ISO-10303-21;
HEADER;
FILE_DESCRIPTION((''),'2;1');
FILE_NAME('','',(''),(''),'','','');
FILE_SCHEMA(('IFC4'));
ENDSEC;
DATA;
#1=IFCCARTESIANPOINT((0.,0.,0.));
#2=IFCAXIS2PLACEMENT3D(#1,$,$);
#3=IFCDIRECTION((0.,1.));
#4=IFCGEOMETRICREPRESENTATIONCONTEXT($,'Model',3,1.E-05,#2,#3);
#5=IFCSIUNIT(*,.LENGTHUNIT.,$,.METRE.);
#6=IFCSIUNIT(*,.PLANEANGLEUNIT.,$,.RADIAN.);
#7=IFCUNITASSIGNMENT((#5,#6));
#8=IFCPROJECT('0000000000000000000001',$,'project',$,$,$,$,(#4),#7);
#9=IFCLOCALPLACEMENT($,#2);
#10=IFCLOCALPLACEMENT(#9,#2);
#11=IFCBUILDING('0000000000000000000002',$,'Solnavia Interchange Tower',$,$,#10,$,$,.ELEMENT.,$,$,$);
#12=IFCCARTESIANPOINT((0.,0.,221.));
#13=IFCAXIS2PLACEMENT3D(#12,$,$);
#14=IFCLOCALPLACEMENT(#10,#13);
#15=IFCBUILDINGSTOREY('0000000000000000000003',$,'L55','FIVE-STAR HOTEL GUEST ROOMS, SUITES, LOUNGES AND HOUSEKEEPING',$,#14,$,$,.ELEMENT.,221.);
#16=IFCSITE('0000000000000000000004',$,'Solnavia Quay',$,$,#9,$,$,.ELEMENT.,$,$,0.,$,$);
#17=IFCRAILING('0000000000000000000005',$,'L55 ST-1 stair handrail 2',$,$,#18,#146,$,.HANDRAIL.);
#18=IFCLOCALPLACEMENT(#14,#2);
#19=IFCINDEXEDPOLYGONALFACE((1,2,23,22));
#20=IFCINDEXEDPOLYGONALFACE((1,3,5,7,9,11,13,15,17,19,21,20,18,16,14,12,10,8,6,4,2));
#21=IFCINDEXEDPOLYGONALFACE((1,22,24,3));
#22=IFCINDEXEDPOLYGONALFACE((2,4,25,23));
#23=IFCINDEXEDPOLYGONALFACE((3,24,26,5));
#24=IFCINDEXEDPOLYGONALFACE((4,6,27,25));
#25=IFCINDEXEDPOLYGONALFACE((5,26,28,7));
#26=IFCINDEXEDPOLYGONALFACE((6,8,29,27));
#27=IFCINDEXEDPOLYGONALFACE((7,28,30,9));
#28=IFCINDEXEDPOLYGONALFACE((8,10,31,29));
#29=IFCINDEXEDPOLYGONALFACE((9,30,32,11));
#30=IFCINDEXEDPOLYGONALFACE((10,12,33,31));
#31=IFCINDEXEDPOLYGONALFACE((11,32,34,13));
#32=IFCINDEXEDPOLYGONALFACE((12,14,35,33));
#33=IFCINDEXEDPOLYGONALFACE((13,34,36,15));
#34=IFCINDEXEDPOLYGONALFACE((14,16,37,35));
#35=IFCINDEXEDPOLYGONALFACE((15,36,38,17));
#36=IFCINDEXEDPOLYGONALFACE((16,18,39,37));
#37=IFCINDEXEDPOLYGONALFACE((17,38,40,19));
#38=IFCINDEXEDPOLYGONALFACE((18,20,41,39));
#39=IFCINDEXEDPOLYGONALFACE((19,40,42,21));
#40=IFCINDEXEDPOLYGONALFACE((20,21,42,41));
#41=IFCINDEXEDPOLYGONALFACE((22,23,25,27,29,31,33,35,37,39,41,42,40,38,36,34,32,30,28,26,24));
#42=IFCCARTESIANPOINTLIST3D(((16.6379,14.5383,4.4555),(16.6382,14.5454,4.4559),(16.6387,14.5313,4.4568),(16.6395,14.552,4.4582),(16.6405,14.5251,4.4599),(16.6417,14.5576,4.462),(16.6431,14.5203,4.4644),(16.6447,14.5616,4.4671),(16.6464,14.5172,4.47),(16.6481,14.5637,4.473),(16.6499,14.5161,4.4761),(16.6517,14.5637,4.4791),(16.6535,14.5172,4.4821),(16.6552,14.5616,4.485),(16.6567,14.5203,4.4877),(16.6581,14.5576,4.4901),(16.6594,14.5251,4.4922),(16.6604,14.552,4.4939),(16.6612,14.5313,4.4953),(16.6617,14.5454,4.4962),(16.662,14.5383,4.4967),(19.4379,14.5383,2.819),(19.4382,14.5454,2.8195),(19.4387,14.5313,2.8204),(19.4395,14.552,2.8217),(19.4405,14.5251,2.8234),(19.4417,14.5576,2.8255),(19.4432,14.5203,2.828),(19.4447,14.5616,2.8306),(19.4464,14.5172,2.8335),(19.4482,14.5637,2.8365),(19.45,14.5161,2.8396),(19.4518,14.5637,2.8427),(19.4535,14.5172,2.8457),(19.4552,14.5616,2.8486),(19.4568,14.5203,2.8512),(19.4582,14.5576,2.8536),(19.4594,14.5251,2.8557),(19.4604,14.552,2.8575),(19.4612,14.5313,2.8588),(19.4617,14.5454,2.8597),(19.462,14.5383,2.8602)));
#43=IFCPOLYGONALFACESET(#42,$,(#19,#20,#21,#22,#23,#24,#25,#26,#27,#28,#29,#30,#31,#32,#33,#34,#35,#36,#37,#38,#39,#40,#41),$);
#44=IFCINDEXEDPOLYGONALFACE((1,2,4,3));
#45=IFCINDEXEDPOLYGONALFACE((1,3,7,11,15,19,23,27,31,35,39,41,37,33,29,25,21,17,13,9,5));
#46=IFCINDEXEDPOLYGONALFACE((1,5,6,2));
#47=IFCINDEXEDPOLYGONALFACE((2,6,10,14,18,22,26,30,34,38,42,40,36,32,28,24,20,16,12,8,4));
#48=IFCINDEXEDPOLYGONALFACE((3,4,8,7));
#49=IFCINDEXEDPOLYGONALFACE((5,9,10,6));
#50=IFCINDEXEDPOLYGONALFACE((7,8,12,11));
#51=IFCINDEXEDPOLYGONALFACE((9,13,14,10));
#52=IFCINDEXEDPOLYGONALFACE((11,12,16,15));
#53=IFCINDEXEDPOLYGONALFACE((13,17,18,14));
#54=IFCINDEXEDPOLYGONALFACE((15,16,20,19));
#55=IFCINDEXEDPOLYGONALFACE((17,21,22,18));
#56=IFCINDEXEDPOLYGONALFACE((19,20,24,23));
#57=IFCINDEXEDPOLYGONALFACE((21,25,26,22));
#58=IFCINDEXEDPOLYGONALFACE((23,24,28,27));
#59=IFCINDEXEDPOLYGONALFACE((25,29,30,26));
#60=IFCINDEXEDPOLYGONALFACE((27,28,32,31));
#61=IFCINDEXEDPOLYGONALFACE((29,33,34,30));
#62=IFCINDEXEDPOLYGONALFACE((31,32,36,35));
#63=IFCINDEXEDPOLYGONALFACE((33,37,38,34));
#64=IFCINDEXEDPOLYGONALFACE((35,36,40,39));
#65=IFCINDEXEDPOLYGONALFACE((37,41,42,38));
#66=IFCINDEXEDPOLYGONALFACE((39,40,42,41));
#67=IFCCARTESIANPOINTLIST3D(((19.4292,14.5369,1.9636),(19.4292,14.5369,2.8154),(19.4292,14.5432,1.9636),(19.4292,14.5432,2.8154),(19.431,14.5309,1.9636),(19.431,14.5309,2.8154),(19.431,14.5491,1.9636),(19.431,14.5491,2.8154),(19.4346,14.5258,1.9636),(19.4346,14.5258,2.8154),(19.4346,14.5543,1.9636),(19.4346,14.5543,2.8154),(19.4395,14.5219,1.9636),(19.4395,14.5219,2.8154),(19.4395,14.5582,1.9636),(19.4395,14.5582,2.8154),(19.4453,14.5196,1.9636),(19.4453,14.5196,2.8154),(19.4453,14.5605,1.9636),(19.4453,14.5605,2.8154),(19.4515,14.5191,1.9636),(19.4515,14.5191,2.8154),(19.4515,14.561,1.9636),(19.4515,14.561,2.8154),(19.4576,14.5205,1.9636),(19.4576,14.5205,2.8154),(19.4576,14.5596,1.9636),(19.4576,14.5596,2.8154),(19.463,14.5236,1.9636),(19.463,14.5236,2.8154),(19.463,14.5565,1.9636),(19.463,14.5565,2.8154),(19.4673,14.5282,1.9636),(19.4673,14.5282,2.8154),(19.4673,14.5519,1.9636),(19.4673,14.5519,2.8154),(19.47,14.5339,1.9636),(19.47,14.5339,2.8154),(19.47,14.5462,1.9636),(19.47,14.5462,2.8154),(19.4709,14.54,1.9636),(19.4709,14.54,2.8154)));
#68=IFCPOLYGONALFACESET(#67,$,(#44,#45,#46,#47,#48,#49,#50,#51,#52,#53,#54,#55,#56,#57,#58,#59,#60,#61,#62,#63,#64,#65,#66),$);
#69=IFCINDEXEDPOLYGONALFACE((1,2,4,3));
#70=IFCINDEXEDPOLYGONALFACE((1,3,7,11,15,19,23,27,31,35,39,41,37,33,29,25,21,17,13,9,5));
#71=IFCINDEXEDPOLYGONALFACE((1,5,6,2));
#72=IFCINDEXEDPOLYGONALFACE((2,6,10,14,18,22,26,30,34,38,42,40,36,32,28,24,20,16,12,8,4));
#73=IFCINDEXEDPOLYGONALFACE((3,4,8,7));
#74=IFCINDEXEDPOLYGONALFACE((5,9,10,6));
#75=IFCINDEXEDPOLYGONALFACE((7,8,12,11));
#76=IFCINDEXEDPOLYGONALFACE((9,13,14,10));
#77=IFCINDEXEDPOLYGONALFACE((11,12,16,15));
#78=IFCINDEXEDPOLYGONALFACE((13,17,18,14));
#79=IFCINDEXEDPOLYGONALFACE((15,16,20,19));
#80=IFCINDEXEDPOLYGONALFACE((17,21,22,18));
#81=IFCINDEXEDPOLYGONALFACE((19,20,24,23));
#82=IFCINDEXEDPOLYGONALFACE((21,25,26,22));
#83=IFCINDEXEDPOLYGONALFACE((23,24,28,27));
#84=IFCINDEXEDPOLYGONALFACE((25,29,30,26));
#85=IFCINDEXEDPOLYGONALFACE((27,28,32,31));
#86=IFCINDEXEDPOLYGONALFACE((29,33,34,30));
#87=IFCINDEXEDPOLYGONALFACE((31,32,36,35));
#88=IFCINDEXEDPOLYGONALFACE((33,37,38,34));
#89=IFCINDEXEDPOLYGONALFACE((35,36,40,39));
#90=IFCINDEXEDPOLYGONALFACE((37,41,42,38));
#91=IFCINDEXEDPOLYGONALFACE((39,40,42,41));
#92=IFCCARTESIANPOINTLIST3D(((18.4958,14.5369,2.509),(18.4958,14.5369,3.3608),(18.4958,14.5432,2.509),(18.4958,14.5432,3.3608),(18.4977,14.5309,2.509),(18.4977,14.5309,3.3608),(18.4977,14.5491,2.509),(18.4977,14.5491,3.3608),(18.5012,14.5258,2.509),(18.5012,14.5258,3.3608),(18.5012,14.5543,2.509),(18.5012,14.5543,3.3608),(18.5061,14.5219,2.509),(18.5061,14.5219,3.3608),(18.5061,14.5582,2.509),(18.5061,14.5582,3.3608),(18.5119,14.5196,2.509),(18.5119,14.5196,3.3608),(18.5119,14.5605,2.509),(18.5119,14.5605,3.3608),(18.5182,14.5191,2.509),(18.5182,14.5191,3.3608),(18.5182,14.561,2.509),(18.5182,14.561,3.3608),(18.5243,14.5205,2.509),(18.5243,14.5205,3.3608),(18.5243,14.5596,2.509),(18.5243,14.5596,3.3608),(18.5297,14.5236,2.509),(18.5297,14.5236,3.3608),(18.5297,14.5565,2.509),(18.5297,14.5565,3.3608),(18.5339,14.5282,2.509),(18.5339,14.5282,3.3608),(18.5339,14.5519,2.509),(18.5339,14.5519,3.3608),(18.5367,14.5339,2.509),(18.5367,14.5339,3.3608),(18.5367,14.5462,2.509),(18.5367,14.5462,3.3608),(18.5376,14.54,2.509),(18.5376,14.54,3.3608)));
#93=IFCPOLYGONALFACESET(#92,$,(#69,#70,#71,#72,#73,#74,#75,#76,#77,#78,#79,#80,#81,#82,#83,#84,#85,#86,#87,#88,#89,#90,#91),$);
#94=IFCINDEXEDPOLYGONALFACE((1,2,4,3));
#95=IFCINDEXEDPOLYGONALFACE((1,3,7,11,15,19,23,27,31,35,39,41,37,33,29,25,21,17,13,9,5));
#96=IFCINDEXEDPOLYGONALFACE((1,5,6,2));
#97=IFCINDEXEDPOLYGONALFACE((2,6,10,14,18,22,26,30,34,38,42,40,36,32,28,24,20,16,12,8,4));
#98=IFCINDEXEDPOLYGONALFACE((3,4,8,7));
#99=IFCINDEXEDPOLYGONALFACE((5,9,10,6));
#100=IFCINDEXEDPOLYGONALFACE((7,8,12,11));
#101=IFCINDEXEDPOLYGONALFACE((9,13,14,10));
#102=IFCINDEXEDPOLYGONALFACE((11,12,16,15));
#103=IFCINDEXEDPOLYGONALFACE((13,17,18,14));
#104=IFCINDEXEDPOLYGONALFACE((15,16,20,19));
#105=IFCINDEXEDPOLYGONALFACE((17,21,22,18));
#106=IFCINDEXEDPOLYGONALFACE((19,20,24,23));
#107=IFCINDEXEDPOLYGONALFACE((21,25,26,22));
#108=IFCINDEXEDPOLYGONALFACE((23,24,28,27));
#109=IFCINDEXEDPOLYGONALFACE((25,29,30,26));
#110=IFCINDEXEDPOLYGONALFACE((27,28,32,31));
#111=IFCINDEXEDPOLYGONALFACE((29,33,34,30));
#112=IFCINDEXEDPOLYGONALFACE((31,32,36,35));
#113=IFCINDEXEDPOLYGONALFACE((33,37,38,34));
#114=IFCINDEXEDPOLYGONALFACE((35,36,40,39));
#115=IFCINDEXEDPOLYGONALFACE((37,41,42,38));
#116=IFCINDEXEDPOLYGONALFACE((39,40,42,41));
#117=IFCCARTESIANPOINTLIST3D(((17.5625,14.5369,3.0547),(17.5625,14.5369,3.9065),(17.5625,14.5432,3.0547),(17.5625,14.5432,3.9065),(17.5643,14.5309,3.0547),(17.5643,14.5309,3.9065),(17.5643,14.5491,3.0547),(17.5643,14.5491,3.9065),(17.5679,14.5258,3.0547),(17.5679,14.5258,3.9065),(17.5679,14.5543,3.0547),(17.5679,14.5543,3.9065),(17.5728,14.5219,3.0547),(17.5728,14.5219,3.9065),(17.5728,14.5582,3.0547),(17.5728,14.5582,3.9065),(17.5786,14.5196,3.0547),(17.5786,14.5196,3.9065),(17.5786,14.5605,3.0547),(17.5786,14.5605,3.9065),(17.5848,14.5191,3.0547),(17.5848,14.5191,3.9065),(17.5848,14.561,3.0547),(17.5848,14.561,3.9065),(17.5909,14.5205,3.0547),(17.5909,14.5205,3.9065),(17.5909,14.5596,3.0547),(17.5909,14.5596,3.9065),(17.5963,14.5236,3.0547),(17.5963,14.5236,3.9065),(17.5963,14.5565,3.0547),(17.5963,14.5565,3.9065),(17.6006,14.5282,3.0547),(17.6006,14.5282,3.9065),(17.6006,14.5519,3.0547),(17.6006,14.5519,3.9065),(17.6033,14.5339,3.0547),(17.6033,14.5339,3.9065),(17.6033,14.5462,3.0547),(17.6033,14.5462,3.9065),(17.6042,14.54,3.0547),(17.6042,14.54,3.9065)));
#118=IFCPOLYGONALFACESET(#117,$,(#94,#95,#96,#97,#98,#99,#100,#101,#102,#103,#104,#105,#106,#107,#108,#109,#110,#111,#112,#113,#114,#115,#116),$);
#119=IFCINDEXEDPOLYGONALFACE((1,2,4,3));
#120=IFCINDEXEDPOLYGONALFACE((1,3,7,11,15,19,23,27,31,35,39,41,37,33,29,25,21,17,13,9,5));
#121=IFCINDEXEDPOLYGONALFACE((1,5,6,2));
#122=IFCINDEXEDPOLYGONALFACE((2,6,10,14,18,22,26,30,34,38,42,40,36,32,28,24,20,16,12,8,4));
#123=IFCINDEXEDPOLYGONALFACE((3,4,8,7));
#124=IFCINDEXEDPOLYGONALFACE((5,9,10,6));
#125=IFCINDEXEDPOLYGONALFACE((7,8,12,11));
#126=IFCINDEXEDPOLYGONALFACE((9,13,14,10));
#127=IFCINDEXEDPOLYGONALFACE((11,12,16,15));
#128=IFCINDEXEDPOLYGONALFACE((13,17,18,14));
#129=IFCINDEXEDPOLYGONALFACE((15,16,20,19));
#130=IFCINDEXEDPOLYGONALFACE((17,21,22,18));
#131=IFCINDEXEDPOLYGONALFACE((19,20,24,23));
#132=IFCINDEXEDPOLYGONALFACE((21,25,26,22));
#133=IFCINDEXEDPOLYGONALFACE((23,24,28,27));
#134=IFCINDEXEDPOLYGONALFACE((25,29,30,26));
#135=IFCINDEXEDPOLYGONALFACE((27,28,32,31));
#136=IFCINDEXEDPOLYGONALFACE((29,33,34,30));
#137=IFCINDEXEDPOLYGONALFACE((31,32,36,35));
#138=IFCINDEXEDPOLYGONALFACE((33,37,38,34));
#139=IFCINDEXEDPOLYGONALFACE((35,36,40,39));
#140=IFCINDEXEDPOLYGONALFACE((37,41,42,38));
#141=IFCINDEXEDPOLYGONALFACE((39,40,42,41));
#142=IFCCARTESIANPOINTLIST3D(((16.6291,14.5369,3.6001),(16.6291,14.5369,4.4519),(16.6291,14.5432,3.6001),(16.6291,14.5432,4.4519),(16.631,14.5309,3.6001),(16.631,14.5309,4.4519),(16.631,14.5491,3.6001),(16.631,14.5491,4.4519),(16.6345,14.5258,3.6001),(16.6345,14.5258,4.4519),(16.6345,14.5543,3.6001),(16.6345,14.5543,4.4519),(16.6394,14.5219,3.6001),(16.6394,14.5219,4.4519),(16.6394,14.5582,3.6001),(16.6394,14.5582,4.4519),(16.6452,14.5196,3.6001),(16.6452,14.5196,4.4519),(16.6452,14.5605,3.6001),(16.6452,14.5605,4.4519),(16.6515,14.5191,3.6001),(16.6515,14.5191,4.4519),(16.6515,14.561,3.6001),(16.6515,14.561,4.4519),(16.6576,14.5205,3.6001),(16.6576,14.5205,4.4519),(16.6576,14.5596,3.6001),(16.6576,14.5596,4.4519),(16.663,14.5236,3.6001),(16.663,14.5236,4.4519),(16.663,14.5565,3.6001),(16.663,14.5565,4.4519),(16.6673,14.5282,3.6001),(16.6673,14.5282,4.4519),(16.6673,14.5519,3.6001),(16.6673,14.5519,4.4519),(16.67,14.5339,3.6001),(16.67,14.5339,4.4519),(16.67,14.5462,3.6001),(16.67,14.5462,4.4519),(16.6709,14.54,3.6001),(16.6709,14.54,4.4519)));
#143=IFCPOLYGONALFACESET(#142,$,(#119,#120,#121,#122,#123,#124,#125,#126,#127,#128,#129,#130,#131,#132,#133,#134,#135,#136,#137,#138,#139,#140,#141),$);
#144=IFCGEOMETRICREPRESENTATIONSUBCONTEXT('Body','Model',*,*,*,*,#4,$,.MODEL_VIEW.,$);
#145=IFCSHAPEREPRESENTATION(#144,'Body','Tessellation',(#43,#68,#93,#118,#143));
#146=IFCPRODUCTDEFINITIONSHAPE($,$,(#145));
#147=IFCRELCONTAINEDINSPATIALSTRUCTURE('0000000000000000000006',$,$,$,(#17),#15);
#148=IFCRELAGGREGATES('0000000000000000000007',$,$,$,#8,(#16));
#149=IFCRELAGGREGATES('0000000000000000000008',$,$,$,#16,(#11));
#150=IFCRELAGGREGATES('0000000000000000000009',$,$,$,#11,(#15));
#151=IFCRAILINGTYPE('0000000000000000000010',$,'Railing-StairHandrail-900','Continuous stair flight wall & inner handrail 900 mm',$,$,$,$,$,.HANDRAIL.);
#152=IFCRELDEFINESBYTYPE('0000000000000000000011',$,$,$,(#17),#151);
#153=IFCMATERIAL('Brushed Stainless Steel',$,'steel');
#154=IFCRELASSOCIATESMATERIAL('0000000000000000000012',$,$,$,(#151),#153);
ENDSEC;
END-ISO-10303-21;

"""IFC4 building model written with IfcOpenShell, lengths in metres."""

from ifc_helpers import new_model, si_unit, direction, frame, origin, origin_2d, place, context, subcontext, project, spatial, circle, extrude, material, type_object, element, save


model = new_model("IFC4")

# Units and contexts
model_context = context("Model", 3, precision=1e-05, world=origin(), true_north=direction((0.0, 1.0)))
body_context = subcontext(model_context, "Body", "Model", "MODEL_VIEW")
ifc_project = project(units=[si_unit("LENGTHUNIT", "METRE"), si_unit("PLANEANGLEUNIT", "RADIAN")], contexts=[model_context])

# Site, building, storey
site_placement = place(None, origin())
site = spatial("IfcSite", under=ifc_project, at=site_placement, Name="Solnavia Quay", CompositionType="ELEMENT", RefElevation=0.0)
building_placement = place(site_placement, origin())
building = spatial("IfcBuilding", under=site, at=building_placement, Name="Solnavia Interchange Tower", CompositionType="ELEMENT")
storey_placement = place(building_placement, frame((0.0, 0.0, 221.0)))
storey = spatial("IfcBuildingStorey", under=building, at=storey_placement, Name="L55", Description="FIVE-STAR HOTEL GUEST ROOMS, SUITES, LOUNGES AND HOUSEKEEPING", CompositionType="ELEMENT", Elevation=221.0)

# Railing
ifc_material_1 = material(Name="Brushed Stainless Steel", Category="steel")
railing_type_1 = type_object("IfcRailingType", Name="Railing-StairHandrail-900", Description="Continuous stair flight wall & inner handrail 900 mm", PredefinedType="HANDRAIL", material=ifc_material_1)
railing_1_placement = place(storey_placement, frame((19.45, 14.54, 1.9636)))
element("IfcRailing", 1, at=railing_1_placement, inside=storey, type_object=railing_type_1, Name="L55 ST-1 stair handrail 2", PredefinedType="HANDRAIL", context=body_context, shape_type="SweptSolid", body=[
    extrude(circle(Radius=0.0239, at=origin_2d()), frame((0.0, 0.0, 0.876), z_axis=(-0.863361, 0.0, 0.504587), x_axis=(0.0, -1.0, 0.0)), (0.0, 0.0, 1.0), 3.2432),
    extrude(circle(Radius=0.021, at=origin_2d()), origin(), (0.0, 0.0, 1.0), 0.8518),
    extrude(circle(Radius=0.021, at=origin_2d()), frame((-0.9333, 0.0, 0.5454)), (0.0, 0.0, 1.0), 0.8518),
    extrude(circle(Radius=0.021, at=origin_2d()), frame((-1.8667, 0.0, 1.0911)), (0.0, 0.0, 1.0), 0.8518),
    extrude(circle(Radius=0.021, at=origin_2d()), frame((-2.8, 0.0, 1.6365)), (0.0, 0.0, 1.0), 0.8518),
])

save(model, "model.ifc")
